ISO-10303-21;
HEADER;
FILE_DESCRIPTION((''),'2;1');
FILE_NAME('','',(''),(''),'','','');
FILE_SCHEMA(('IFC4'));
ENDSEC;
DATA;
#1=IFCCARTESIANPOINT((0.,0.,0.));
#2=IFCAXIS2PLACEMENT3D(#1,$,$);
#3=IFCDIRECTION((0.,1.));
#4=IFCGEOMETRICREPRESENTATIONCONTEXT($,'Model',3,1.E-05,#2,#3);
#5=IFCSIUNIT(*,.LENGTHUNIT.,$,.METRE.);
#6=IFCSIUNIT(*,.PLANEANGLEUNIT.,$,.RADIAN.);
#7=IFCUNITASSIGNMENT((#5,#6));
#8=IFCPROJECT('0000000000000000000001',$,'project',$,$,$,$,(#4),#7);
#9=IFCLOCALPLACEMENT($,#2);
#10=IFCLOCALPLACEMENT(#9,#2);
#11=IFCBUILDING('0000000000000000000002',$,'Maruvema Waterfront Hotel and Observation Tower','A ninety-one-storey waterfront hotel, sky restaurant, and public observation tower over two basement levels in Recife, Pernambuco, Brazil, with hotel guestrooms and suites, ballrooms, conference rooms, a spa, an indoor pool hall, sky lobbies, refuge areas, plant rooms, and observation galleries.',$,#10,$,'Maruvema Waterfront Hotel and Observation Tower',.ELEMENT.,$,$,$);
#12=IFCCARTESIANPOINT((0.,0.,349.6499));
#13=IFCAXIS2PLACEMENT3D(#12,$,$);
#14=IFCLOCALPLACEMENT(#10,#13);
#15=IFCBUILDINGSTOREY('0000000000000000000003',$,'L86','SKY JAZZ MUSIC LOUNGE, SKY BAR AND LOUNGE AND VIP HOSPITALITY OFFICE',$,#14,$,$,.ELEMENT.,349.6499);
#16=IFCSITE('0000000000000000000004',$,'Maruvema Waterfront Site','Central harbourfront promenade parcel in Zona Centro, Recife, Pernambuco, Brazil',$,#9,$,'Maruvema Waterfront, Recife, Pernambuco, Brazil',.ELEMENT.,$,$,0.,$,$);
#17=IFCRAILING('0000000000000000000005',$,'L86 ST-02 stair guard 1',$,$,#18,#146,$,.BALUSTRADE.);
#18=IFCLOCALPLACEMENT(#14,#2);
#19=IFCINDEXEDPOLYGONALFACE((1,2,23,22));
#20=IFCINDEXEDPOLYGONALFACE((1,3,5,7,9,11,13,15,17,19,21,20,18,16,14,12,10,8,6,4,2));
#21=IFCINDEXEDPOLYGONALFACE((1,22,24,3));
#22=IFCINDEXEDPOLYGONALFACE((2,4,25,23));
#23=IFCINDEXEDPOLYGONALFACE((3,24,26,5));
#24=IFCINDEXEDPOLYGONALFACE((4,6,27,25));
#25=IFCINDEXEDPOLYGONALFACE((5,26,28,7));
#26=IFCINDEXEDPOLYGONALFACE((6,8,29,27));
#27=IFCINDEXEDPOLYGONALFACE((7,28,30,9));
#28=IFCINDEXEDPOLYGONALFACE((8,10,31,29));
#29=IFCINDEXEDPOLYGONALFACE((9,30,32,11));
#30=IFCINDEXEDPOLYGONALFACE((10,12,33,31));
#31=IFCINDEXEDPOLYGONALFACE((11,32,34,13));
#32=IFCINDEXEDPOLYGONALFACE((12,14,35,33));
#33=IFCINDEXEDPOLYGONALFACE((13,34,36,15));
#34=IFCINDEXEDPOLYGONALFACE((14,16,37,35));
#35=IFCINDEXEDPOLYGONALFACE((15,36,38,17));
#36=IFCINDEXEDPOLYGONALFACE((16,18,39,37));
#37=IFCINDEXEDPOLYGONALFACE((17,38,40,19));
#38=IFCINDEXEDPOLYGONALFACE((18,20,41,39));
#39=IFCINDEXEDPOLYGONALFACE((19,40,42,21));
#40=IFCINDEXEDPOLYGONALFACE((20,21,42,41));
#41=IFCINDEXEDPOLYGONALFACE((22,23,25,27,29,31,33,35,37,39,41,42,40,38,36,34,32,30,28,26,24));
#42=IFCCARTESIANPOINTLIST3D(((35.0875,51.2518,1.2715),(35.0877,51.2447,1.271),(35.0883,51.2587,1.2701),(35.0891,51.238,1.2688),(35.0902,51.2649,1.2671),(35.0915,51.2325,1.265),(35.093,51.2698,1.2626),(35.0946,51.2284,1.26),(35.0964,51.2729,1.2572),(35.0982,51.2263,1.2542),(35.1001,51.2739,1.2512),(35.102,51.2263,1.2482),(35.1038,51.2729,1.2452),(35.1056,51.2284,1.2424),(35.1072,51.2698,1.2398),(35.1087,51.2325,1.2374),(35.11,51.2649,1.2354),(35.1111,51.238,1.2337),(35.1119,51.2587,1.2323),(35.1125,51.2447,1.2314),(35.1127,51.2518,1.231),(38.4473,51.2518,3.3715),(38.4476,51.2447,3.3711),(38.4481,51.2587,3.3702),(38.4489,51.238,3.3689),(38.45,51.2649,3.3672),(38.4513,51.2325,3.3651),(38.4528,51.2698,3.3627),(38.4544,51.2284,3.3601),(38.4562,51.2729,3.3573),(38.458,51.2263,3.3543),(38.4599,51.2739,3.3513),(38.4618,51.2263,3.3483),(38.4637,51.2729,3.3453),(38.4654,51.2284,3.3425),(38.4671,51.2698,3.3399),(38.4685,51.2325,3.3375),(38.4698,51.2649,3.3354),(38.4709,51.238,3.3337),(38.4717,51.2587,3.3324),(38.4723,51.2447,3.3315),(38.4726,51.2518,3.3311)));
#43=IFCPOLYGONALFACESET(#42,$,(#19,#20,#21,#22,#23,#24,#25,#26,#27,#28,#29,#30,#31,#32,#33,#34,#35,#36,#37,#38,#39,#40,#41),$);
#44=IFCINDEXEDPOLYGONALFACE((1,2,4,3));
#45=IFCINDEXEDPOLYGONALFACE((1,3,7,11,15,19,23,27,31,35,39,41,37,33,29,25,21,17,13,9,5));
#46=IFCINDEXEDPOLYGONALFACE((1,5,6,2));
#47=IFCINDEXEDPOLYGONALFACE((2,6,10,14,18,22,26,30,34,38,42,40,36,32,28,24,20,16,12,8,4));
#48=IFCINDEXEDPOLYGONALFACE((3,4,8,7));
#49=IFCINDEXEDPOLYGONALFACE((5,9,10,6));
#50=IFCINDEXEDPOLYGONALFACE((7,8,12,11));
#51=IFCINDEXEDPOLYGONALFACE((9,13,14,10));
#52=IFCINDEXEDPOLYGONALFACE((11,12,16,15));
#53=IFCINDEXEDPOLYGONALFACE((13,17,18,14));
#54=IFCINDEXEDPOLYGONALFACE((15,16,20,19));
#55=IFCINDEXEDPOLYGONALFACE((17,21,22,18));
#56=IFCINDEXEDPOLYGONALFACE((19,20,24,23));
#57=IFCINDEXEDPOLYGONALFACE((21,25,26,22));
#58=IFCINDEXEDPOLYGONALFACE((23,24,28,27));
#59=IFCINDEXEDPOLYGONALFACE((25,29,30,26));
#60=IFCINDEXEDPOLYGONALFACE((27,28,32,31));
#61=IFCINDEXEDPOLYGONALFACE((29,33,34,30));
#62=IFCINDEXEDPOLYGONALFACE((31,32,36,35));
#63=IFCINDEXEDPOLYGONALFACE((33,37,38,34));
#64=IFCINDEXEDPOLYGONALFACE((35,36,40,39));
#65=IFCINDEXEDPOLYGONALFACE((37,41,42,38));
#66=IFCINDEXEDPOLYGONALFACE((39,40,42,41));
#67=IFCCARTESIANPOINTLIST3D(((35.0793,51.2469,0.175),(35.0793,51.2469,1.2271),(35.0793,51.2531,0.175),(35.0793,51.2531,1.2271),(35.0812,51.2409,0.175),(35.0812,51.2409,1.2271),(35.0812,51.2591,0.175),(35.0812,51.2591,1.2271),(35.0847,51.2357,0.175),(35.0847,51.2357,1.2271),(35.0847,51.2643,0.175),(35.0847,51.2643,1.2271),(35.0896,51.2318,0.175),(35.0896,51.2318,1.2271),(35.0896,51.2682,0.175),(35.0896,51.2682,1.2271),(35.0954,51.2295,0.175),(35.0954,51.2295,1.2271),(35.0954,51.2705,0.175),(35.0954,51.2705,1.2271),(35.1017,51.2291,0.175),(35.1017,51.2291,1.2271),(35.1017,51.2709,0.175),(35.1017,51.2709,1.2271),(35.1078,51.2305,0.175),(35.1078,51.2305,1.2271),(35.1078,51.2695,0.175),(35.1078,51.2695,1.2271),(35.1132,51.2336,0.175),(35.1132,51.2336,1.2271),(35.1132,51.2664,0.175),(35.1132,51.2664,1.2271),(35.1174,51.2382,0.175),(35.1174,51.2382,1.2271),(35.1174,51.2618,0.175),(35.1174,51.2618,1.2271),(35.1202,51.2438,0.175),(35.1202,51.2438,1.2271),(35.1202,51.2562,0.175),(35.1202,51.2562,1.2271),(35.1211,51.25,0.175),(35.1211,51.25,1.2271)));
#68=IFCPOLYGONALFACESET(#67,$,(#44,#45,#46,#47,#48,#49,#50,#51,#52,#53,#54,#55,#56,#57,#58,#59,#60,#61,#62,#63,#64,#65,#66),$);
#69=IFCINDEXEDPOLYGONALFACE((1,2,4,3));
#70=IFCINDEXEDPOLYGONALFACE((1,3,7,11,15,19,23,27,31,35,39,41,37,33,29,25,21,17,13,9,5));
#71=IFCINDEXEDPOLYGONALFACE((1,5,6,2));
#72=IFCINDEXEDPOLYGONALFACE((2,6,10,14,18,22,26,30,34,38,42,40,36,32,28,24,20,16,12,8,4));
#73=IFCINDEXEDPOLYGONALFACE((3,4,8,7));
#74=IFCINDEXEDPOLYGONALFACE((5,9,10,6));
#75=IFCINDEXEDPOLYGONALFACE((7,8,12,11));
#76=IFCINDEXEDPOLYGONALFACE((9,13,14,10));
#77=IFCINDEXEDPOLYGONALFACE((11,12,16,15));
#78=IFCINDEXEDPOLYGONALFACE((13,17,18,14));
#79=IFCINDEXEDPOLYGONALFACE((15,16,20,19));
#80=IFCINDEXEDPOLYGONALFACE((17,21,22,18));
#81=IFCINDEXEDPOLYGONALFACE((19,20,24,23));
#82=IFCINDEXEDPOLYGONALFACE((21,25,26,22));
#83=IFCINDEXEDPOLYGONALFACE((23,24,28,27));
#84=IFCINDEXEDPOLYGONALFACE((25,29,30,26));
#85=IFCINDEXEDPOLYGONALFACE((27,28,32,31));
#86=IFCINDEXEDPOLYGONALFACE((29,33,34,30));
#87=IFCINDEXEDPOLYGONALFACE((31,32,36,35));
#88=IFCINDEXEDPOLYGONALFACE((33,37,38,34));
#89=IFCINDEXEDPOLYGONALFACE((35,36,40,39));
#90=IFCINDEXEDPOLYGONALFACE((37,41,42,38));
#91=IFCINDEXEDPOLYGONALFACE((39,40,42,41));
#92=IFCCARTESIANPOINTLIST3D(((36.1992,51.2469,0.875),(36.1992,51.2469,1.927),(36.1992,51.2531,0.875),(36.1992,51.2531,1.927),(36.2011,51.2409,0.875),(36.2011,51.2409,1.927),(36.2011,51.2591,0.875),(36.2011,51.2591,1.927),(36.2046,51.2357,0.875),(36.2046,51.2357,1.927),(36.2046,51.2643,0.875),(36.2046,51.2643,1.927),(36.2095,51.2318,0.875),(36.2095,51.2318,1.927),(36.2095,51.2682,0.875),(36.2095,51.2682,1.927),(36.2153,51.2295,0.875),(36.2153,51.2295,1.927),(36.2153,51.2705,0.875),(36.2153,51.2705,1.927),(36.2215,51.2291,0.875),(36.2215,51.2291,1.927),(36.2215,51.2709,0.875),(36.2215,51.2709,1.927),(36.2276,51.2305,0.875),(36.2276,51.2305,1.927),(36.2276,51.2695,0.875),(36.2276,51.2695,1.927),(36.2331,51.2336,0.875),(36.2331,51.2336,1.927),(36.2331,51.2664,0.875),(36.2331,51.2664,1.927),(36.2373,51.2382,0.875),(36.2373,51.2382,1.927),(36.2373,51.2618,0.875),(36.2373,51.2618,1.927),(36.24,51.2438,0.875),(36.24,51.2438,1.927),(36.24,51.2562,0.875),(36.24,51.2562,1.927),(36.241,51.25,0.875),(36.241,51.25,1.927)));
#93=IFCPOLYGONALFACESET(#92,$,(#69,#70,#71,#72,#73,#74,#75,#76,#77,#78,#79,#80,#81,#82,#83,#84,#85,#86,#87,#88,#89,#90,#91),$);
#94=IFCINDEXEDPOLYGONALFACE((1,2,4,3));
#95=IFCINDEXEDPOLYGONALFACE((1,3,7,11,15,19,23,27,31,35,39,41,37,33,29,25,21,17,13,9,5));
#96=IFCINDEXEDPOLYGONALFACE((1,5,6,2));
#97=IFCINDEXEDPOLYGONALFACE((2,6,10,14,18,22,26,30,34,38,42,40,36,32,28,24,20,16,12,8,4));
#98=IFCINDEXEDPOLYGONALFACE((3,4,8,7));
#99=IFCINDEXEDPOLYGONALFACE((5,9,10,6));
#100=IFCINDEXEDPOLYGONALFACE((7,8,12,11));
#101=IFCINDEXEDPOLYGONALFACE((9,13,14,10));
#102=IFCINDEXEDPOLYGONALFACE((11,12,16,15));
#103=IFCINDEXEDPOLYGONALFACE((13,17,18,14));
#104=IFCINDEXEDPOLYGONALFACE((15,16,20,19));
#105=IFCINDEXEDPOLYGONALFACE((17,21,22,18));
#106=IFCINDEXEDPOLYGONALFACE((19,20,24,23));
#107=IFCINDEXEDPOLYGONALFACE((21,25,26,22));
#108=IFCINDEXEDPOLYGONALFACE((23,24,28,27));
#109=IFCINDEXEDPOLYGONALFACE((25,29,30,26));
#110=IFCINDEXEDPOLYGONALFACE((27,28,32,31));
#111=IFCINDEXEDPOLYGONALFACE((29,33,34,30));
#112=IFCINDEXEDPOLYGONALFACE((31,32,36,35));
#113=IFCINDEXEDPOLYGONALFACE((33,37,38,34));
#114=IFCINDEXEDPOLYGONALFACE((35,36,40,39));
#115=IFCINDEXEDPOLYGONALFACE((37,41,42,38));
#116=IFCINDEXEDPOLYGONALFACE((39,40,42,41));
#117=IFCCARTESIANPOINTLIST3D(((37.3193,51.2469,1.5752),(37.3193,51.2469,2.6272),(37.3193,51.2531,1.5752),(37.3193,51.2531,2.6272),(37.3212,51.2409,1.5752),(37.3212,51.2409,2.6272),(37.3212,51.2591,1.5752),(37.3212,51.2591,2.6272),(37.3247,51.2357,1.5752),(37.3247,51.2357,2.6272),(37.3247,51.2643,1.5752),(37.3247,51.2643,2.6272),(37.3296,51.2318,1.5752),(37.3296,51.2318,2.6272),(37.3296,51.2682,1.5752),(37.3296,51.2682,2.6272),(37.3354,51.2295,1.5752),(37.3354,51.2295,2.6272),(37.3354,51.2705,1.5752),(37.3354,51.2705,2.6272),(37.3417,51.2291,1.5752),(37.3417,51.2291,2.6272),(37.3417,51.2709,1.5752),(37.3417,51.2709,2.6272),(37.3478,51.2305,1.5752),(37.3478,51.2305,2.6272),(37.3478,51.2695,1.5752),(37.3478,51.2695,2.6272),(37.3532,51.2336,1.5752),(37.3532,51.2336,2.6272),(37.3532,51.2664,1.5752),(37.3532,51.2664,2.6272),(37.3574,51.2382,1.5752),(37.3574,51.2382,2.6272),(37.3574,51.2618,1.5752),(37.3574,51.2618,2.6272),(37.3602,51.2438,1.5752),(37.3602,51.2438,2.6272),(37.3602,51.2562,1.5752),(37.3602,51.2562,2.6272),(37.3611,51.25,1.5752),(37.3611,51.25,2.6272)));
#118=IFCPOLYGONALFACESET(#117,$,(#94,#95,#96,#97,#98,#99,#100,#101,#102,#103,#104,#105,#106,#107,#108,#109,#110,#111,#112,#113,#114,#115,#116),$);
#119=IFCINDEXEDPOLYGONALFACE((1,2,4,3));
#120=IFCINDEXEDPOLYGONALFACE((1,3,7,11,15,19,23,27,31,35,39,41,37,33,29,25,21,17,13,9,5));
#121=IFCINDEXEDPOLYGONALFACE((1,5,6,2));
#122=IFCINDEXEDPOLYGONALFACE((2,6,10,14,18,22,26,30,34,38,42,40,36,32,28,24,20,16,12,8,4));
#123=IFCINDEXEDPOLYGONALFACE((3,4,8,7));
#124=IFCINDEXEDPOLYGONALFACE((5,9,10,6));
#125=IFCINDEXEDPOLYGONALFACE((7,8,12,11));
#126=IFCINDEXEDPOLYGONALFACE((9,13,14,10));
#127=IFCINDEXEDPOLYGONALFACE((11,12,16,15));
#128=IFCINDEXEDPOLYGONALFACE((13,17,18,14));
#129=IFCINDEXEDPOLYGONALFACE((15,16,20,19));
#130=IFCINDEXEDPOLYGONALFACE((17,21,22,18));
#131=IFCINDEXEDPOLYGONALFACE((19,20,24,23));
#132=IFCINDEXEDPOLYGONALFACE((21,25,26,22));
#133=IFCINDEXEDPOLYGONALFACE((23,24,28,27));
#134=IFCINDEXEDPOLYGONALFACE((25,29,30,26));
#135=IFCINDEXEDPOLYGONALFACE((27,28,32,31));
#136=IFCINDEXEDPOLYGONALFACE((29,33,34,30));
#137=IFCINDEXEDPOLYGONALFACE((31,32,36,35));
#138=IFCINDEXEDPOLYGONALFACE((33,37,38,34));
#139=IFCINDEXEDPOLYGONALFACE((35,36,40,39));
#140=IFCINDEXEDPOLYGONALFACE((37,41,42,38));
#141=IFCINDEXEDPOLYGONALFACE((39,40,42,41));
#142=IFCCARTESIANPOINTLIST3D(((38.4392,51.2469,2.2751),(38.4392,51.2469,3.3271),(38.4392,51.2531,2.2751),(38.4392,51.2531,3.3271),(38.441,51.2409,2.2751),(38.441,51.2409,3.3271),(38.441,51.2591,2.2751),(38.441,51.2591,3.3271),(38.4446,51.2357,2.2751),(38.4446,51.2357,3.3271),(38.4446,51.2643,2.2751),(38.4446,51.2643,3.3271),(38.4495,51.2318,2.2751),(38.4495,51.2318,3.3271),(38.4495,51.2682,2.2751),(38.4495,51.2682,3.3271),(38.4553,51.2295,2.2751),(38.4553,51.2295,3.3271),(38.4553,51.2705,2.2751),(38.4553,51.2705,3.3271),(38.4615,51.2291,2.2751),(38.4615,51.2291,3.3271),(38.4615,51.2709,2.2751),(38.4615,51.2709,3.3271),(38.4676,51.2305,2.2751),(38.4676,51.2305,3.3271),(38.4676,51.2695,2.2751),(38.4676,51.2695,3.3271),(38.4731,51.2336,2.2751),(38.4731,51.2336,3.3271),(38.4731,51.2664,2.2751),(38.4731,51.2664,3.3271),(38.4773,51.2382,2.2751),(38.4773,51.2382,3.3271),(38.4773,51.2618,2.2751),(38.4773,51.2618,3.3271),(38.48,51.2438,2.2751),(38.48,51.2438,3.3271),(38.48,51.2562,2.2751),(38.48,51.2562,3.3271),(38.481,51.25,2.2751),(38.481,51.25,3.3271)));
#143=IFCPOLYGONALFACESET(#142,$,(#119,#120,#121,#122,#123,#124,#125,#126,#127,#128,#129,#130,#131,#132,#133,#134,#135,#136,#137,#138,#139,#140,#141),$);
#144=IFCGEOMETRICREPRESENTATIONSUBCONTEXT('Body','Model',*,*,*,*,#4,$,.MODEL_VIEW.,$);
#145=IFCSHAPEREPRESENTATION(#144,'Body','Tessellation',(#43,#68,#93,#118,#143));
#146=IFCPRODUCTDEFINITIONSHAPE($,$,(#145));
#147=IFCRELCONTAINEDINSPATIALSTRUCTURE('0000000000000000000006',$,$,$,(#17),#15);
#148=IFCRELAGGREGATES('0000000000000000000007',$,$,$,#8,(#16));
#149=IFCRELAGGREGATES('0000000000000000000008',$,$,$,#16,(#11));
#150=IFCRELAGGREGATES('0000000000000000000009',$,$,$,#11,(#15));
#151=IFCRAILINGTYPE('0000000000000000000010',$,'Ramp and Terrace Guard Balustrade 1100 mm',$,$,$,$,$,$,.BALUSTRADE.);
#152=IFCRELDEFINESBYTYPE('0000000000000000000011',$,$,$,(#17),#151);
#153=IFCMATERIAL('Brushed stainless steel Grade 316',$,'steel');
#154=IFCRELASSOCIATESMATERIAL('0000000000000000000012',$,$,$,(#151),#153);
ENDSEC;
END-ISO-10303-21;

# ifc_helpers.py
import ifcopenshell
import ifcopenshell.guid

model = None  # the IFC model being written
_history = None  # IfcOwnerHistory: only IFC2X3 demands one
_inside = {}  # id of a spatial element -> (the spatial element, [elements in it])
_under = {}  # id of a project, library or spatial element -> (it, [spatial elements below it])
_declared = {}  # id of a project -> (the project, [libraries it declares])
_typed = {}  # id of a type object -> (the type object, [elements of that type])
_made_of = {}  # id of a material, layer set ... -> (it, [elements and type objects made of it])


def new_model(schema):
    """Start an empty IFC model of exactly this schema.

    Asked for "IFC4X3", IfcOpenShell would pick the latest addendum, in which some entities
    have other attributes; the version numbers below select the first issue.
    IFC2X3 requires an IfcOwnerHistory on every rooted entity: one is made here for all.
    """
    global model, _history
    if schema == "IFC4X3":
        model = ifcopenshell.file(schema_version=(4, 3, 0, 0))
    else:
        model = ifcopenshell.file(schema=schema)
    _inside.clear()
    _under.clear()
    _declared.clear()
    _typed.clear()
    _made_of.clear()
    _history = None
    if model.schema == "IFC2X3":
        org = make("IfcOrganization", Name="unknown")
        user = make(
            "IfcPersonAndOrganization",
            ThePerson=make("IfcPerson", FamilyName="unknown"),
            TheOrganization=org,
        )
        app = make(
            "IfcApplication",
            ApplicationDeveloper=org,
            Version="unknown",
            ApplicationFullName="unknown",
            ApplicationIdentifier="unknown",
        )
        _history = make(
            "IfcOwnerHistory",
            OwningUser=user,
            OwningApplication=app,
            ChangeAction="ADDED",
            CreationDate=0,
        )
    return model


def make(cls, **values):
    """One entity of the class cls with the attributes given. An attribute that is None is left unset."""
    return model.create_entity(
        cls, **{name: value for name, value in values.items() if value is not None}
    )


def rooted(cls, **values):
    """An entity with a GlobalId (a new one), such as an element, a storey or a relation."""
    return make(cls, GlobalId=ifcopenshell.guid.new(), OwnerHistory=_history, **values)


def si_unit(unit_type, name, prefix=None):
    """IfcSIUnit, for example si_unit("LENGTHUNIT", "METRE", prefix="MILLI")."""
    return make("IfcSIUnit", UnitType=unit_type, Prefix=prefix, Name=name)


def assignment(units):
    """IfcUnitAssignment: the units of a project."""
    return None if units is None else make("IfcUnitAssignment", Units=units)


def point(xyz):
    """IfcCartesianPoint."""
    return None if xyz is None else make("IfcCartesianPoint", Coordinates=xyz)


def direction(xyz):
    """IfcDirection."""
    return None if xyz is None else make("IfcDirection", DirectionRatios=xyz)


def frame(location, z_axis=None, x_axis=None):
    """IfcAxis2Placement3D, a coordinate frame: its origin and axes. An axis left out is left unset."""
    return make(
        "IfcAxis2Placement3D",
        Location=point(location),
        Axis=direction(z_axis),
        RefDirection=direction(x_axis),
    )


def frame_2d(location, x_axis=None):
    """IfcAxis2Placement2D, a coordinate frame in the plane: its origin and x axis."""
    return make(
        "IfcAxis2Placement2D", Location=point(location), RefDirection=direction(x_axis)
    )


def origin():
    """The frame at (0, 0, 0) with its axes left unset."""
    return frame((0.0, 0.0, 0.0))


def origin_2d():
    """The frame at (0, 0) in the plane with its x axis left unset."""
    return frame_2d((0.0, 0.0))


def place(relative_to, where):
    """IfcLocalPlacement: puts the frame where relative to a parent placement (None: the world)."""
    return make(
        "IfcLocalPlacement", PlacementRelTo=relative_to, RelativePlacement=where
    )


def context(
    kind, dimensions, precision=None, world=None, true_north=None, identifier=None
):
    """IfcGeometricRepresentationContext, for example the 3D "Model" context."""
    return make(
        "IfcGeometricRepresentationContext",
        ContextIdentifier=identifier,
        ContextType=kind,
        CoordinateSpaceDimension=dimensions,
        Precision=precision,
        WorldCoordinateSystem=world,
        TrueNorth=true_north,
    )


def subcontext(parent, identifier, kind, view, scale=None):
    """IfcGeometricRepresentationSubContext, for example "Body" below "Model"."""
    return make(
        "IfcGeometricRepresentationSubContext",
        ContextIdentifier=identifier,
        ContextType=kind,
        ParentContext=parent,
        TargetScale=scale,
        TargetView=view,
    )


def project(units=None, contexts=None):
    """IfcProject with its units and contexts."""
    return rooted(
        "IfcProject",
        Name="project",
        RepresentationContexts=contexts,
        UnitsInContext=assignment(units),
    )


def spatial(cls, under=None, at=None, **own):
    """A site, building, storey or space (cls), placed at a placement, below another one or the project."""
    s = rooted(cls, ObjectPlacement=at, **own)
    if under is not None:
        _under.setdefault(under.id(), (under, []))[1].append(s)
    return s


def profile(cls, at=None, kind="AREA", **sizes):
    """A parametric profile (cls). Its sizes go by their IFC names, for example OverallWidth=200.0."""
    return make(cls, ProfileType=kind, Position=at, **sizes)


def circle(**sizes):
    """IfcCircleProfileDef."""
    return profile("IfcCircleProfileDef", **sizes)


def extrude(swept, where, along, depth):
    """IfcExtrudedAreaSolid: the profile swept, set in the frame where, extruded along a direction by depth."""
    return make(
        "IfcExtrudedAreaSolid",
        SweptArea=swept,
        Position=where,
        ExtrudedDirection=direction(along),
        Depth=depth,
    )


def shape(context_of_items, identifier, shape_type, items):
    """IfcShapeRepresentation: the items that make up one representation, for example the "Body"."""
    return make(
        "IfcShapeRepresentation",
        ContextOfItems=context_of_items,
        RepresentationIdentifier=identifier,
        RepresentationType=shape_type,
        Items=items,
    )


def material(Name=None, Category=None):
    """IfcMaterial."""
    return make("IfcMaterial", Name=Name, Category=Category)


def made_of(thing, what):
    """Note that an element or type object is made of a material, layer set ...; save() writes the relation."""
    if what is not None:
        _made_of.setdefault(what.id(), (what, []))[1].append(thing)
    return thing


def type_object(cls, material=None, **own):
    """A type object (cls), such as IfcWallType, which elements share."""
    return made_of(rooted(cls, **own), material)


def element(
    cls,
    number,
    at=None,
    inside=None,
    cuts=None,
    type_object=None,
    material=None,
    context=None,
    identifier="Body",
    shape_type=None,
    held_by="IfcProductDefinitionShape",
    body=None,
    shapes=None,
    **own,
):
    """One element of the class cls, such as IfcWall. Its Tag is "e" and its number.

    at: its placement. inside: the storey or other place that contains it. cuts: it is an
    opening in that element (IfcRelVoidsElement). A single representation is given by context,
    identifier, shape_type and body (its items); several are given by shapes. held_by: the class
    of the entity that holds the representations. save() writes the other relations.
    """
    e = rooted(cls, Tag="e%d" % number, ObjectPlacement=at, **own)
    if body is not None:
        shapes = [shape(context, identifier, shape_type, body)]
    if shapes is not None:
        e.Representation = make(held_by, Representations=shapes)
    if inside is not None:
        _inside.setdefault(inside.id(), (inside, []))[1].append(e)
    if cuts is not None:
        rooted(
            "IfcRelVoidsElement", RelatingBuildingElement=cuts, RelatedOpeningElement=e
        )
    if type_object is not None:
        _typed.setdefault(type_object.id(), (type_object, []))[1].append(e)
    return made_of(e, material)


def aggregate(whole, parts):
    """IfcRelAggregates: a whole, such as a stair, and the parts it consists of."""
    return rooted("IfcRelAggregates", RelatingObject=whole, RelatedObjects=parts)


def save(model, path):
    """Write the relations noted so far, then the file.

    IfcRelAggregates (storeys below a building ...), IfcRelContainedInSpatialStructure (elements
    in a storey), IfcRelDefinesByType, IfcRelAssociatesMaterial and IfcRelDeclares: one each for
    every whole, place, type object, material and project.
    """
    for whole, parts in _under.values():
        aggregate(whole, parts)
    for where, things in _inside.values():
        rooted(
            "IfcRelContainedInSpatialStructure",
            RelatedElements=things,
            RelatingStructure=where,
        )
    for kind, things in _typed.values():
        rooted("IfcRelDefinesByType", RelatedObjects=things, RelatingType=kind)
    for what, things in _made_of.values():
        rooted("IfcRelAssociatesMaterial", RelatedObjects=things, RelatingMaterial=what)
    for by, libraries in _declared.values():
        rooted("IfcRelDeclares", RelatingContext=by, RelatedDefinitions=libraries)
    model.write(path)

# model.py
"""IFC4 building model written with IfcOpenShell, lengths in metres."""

from ifc_helpers import new_model, si_unit, direction, frame, origin, origin_2d, place, context, subcontext, project, spatial, circle, extrude, material, type_object, element, save


model = new_model("IFC4")

# Units and contexts
model_context = context("Model", 3, precision=1e-05, world=origin(), true_north=direction((0.0, 1.0)))
body_context = subcontext(model_context, "Body", "Model", "MODEL_VIEW")
ifc_project = project(units=[si_unit("LENGTHUNIT", "METRE"), si_unit("PLANEANGLEUNIT", "RADIAN")], contexts=[model_context])

# Site, building, storey
site_placement = place(None, origin())
site = spatial("IfcSite", under=ifc_project, at=site_placement, Name="Maruvema Waterfront Site", Description="Central harbourfront promenade parcel in Zona Centro, Recife, Pernambuco, Brazil", LongName="Maruvema Waterfront, Recife, Pernambuco, Brazil", CompositionType="ELEMENT", RefElevation=0.0)
building_placement = place(site_placement, origin())
building = spatial("IfcBuilding", under=site, at=building_placement, Name="Maruvema Waterfront Hotel and Observation Tower", Description="A ninety-one-storey waterfront hotel, sky restaurant, and public observation tower over two basement levels in Recife, Pernambuco, Brazil, with hotel guestrooms and suites, ballrooms, conference rooms, a spa, an indoor pool hall, sky lobbies, refuge areas, plant rooms, and observation galleries.", LongName="Maruvema Waterfront Hotel and Observation Tower", CompositionType="ELEMENT")
storey_placement = place(building_placement, frame((0.0, 0.0, 349.6499)))
storey = spatial("IfcBuildingStorey", under=building, at=storey_placement, Name="L86", Description="SKY JAZZ MUSIC LOUNGE, SKY BAR AND LOUNGE AND VIP HOSPITALITY OFFICE", CompositionType="ELEMENT", Elevation=349.6499)

# Railing
ifc_material_1 = material(Name="Brushed stainless steel Grade 316", Category="steel")
railing_type_1 = type_object("IfcRailingType", Name="Ramp and Terrace Guard Balustrade 1100 mm", PredefinedType="BALUSTRADE", material=ifc_material_1)
railing_1_placement = place(storey_placement, frame((35.1001, 51.25, 0.175)))
element("IfcRailing", 1, at=railing_1_placement, inside=storey, type_object=railing_type_1, Name="L86 ST-02 stair guard 1", PredefinedType="BALUSTRADE", context=body_context, shape_type="SweptSolid", body=[
    extrude(circle(Radius=0.0239, at=origin_2d()), frame((0.0, 0.0, 1.0762), z_axis=(0.847978, 0.0, 0.530032), x_axis=(0.0, 1.0, 0.0)), (0.0, 0.0, 1.0), 3.9622),
    extrude(circle(Radius=0.021, at=origin_2d()), origin(), (0.0, 0.0, 1.0), 1.052),
    extrude(circle(Radius=0.021, at=origin_2d()), frame((1.1199, 0.0, 0.7)), (0.0, 0.0, 1.0), 1.052),
    extrude(circle(Radius=0.021, at=origin_2d()), frame((2.24, 0.0, 1.4001)), (0.0, 0.0, 1.0), 1.052),
    extrude(circle(Radius=0.021, at=origin_2d()), frame((3.3599, 0.0, 2.1001)), (0.0, 0.0, 1.0), 1.052),
])

save(model, "model.ifc")
